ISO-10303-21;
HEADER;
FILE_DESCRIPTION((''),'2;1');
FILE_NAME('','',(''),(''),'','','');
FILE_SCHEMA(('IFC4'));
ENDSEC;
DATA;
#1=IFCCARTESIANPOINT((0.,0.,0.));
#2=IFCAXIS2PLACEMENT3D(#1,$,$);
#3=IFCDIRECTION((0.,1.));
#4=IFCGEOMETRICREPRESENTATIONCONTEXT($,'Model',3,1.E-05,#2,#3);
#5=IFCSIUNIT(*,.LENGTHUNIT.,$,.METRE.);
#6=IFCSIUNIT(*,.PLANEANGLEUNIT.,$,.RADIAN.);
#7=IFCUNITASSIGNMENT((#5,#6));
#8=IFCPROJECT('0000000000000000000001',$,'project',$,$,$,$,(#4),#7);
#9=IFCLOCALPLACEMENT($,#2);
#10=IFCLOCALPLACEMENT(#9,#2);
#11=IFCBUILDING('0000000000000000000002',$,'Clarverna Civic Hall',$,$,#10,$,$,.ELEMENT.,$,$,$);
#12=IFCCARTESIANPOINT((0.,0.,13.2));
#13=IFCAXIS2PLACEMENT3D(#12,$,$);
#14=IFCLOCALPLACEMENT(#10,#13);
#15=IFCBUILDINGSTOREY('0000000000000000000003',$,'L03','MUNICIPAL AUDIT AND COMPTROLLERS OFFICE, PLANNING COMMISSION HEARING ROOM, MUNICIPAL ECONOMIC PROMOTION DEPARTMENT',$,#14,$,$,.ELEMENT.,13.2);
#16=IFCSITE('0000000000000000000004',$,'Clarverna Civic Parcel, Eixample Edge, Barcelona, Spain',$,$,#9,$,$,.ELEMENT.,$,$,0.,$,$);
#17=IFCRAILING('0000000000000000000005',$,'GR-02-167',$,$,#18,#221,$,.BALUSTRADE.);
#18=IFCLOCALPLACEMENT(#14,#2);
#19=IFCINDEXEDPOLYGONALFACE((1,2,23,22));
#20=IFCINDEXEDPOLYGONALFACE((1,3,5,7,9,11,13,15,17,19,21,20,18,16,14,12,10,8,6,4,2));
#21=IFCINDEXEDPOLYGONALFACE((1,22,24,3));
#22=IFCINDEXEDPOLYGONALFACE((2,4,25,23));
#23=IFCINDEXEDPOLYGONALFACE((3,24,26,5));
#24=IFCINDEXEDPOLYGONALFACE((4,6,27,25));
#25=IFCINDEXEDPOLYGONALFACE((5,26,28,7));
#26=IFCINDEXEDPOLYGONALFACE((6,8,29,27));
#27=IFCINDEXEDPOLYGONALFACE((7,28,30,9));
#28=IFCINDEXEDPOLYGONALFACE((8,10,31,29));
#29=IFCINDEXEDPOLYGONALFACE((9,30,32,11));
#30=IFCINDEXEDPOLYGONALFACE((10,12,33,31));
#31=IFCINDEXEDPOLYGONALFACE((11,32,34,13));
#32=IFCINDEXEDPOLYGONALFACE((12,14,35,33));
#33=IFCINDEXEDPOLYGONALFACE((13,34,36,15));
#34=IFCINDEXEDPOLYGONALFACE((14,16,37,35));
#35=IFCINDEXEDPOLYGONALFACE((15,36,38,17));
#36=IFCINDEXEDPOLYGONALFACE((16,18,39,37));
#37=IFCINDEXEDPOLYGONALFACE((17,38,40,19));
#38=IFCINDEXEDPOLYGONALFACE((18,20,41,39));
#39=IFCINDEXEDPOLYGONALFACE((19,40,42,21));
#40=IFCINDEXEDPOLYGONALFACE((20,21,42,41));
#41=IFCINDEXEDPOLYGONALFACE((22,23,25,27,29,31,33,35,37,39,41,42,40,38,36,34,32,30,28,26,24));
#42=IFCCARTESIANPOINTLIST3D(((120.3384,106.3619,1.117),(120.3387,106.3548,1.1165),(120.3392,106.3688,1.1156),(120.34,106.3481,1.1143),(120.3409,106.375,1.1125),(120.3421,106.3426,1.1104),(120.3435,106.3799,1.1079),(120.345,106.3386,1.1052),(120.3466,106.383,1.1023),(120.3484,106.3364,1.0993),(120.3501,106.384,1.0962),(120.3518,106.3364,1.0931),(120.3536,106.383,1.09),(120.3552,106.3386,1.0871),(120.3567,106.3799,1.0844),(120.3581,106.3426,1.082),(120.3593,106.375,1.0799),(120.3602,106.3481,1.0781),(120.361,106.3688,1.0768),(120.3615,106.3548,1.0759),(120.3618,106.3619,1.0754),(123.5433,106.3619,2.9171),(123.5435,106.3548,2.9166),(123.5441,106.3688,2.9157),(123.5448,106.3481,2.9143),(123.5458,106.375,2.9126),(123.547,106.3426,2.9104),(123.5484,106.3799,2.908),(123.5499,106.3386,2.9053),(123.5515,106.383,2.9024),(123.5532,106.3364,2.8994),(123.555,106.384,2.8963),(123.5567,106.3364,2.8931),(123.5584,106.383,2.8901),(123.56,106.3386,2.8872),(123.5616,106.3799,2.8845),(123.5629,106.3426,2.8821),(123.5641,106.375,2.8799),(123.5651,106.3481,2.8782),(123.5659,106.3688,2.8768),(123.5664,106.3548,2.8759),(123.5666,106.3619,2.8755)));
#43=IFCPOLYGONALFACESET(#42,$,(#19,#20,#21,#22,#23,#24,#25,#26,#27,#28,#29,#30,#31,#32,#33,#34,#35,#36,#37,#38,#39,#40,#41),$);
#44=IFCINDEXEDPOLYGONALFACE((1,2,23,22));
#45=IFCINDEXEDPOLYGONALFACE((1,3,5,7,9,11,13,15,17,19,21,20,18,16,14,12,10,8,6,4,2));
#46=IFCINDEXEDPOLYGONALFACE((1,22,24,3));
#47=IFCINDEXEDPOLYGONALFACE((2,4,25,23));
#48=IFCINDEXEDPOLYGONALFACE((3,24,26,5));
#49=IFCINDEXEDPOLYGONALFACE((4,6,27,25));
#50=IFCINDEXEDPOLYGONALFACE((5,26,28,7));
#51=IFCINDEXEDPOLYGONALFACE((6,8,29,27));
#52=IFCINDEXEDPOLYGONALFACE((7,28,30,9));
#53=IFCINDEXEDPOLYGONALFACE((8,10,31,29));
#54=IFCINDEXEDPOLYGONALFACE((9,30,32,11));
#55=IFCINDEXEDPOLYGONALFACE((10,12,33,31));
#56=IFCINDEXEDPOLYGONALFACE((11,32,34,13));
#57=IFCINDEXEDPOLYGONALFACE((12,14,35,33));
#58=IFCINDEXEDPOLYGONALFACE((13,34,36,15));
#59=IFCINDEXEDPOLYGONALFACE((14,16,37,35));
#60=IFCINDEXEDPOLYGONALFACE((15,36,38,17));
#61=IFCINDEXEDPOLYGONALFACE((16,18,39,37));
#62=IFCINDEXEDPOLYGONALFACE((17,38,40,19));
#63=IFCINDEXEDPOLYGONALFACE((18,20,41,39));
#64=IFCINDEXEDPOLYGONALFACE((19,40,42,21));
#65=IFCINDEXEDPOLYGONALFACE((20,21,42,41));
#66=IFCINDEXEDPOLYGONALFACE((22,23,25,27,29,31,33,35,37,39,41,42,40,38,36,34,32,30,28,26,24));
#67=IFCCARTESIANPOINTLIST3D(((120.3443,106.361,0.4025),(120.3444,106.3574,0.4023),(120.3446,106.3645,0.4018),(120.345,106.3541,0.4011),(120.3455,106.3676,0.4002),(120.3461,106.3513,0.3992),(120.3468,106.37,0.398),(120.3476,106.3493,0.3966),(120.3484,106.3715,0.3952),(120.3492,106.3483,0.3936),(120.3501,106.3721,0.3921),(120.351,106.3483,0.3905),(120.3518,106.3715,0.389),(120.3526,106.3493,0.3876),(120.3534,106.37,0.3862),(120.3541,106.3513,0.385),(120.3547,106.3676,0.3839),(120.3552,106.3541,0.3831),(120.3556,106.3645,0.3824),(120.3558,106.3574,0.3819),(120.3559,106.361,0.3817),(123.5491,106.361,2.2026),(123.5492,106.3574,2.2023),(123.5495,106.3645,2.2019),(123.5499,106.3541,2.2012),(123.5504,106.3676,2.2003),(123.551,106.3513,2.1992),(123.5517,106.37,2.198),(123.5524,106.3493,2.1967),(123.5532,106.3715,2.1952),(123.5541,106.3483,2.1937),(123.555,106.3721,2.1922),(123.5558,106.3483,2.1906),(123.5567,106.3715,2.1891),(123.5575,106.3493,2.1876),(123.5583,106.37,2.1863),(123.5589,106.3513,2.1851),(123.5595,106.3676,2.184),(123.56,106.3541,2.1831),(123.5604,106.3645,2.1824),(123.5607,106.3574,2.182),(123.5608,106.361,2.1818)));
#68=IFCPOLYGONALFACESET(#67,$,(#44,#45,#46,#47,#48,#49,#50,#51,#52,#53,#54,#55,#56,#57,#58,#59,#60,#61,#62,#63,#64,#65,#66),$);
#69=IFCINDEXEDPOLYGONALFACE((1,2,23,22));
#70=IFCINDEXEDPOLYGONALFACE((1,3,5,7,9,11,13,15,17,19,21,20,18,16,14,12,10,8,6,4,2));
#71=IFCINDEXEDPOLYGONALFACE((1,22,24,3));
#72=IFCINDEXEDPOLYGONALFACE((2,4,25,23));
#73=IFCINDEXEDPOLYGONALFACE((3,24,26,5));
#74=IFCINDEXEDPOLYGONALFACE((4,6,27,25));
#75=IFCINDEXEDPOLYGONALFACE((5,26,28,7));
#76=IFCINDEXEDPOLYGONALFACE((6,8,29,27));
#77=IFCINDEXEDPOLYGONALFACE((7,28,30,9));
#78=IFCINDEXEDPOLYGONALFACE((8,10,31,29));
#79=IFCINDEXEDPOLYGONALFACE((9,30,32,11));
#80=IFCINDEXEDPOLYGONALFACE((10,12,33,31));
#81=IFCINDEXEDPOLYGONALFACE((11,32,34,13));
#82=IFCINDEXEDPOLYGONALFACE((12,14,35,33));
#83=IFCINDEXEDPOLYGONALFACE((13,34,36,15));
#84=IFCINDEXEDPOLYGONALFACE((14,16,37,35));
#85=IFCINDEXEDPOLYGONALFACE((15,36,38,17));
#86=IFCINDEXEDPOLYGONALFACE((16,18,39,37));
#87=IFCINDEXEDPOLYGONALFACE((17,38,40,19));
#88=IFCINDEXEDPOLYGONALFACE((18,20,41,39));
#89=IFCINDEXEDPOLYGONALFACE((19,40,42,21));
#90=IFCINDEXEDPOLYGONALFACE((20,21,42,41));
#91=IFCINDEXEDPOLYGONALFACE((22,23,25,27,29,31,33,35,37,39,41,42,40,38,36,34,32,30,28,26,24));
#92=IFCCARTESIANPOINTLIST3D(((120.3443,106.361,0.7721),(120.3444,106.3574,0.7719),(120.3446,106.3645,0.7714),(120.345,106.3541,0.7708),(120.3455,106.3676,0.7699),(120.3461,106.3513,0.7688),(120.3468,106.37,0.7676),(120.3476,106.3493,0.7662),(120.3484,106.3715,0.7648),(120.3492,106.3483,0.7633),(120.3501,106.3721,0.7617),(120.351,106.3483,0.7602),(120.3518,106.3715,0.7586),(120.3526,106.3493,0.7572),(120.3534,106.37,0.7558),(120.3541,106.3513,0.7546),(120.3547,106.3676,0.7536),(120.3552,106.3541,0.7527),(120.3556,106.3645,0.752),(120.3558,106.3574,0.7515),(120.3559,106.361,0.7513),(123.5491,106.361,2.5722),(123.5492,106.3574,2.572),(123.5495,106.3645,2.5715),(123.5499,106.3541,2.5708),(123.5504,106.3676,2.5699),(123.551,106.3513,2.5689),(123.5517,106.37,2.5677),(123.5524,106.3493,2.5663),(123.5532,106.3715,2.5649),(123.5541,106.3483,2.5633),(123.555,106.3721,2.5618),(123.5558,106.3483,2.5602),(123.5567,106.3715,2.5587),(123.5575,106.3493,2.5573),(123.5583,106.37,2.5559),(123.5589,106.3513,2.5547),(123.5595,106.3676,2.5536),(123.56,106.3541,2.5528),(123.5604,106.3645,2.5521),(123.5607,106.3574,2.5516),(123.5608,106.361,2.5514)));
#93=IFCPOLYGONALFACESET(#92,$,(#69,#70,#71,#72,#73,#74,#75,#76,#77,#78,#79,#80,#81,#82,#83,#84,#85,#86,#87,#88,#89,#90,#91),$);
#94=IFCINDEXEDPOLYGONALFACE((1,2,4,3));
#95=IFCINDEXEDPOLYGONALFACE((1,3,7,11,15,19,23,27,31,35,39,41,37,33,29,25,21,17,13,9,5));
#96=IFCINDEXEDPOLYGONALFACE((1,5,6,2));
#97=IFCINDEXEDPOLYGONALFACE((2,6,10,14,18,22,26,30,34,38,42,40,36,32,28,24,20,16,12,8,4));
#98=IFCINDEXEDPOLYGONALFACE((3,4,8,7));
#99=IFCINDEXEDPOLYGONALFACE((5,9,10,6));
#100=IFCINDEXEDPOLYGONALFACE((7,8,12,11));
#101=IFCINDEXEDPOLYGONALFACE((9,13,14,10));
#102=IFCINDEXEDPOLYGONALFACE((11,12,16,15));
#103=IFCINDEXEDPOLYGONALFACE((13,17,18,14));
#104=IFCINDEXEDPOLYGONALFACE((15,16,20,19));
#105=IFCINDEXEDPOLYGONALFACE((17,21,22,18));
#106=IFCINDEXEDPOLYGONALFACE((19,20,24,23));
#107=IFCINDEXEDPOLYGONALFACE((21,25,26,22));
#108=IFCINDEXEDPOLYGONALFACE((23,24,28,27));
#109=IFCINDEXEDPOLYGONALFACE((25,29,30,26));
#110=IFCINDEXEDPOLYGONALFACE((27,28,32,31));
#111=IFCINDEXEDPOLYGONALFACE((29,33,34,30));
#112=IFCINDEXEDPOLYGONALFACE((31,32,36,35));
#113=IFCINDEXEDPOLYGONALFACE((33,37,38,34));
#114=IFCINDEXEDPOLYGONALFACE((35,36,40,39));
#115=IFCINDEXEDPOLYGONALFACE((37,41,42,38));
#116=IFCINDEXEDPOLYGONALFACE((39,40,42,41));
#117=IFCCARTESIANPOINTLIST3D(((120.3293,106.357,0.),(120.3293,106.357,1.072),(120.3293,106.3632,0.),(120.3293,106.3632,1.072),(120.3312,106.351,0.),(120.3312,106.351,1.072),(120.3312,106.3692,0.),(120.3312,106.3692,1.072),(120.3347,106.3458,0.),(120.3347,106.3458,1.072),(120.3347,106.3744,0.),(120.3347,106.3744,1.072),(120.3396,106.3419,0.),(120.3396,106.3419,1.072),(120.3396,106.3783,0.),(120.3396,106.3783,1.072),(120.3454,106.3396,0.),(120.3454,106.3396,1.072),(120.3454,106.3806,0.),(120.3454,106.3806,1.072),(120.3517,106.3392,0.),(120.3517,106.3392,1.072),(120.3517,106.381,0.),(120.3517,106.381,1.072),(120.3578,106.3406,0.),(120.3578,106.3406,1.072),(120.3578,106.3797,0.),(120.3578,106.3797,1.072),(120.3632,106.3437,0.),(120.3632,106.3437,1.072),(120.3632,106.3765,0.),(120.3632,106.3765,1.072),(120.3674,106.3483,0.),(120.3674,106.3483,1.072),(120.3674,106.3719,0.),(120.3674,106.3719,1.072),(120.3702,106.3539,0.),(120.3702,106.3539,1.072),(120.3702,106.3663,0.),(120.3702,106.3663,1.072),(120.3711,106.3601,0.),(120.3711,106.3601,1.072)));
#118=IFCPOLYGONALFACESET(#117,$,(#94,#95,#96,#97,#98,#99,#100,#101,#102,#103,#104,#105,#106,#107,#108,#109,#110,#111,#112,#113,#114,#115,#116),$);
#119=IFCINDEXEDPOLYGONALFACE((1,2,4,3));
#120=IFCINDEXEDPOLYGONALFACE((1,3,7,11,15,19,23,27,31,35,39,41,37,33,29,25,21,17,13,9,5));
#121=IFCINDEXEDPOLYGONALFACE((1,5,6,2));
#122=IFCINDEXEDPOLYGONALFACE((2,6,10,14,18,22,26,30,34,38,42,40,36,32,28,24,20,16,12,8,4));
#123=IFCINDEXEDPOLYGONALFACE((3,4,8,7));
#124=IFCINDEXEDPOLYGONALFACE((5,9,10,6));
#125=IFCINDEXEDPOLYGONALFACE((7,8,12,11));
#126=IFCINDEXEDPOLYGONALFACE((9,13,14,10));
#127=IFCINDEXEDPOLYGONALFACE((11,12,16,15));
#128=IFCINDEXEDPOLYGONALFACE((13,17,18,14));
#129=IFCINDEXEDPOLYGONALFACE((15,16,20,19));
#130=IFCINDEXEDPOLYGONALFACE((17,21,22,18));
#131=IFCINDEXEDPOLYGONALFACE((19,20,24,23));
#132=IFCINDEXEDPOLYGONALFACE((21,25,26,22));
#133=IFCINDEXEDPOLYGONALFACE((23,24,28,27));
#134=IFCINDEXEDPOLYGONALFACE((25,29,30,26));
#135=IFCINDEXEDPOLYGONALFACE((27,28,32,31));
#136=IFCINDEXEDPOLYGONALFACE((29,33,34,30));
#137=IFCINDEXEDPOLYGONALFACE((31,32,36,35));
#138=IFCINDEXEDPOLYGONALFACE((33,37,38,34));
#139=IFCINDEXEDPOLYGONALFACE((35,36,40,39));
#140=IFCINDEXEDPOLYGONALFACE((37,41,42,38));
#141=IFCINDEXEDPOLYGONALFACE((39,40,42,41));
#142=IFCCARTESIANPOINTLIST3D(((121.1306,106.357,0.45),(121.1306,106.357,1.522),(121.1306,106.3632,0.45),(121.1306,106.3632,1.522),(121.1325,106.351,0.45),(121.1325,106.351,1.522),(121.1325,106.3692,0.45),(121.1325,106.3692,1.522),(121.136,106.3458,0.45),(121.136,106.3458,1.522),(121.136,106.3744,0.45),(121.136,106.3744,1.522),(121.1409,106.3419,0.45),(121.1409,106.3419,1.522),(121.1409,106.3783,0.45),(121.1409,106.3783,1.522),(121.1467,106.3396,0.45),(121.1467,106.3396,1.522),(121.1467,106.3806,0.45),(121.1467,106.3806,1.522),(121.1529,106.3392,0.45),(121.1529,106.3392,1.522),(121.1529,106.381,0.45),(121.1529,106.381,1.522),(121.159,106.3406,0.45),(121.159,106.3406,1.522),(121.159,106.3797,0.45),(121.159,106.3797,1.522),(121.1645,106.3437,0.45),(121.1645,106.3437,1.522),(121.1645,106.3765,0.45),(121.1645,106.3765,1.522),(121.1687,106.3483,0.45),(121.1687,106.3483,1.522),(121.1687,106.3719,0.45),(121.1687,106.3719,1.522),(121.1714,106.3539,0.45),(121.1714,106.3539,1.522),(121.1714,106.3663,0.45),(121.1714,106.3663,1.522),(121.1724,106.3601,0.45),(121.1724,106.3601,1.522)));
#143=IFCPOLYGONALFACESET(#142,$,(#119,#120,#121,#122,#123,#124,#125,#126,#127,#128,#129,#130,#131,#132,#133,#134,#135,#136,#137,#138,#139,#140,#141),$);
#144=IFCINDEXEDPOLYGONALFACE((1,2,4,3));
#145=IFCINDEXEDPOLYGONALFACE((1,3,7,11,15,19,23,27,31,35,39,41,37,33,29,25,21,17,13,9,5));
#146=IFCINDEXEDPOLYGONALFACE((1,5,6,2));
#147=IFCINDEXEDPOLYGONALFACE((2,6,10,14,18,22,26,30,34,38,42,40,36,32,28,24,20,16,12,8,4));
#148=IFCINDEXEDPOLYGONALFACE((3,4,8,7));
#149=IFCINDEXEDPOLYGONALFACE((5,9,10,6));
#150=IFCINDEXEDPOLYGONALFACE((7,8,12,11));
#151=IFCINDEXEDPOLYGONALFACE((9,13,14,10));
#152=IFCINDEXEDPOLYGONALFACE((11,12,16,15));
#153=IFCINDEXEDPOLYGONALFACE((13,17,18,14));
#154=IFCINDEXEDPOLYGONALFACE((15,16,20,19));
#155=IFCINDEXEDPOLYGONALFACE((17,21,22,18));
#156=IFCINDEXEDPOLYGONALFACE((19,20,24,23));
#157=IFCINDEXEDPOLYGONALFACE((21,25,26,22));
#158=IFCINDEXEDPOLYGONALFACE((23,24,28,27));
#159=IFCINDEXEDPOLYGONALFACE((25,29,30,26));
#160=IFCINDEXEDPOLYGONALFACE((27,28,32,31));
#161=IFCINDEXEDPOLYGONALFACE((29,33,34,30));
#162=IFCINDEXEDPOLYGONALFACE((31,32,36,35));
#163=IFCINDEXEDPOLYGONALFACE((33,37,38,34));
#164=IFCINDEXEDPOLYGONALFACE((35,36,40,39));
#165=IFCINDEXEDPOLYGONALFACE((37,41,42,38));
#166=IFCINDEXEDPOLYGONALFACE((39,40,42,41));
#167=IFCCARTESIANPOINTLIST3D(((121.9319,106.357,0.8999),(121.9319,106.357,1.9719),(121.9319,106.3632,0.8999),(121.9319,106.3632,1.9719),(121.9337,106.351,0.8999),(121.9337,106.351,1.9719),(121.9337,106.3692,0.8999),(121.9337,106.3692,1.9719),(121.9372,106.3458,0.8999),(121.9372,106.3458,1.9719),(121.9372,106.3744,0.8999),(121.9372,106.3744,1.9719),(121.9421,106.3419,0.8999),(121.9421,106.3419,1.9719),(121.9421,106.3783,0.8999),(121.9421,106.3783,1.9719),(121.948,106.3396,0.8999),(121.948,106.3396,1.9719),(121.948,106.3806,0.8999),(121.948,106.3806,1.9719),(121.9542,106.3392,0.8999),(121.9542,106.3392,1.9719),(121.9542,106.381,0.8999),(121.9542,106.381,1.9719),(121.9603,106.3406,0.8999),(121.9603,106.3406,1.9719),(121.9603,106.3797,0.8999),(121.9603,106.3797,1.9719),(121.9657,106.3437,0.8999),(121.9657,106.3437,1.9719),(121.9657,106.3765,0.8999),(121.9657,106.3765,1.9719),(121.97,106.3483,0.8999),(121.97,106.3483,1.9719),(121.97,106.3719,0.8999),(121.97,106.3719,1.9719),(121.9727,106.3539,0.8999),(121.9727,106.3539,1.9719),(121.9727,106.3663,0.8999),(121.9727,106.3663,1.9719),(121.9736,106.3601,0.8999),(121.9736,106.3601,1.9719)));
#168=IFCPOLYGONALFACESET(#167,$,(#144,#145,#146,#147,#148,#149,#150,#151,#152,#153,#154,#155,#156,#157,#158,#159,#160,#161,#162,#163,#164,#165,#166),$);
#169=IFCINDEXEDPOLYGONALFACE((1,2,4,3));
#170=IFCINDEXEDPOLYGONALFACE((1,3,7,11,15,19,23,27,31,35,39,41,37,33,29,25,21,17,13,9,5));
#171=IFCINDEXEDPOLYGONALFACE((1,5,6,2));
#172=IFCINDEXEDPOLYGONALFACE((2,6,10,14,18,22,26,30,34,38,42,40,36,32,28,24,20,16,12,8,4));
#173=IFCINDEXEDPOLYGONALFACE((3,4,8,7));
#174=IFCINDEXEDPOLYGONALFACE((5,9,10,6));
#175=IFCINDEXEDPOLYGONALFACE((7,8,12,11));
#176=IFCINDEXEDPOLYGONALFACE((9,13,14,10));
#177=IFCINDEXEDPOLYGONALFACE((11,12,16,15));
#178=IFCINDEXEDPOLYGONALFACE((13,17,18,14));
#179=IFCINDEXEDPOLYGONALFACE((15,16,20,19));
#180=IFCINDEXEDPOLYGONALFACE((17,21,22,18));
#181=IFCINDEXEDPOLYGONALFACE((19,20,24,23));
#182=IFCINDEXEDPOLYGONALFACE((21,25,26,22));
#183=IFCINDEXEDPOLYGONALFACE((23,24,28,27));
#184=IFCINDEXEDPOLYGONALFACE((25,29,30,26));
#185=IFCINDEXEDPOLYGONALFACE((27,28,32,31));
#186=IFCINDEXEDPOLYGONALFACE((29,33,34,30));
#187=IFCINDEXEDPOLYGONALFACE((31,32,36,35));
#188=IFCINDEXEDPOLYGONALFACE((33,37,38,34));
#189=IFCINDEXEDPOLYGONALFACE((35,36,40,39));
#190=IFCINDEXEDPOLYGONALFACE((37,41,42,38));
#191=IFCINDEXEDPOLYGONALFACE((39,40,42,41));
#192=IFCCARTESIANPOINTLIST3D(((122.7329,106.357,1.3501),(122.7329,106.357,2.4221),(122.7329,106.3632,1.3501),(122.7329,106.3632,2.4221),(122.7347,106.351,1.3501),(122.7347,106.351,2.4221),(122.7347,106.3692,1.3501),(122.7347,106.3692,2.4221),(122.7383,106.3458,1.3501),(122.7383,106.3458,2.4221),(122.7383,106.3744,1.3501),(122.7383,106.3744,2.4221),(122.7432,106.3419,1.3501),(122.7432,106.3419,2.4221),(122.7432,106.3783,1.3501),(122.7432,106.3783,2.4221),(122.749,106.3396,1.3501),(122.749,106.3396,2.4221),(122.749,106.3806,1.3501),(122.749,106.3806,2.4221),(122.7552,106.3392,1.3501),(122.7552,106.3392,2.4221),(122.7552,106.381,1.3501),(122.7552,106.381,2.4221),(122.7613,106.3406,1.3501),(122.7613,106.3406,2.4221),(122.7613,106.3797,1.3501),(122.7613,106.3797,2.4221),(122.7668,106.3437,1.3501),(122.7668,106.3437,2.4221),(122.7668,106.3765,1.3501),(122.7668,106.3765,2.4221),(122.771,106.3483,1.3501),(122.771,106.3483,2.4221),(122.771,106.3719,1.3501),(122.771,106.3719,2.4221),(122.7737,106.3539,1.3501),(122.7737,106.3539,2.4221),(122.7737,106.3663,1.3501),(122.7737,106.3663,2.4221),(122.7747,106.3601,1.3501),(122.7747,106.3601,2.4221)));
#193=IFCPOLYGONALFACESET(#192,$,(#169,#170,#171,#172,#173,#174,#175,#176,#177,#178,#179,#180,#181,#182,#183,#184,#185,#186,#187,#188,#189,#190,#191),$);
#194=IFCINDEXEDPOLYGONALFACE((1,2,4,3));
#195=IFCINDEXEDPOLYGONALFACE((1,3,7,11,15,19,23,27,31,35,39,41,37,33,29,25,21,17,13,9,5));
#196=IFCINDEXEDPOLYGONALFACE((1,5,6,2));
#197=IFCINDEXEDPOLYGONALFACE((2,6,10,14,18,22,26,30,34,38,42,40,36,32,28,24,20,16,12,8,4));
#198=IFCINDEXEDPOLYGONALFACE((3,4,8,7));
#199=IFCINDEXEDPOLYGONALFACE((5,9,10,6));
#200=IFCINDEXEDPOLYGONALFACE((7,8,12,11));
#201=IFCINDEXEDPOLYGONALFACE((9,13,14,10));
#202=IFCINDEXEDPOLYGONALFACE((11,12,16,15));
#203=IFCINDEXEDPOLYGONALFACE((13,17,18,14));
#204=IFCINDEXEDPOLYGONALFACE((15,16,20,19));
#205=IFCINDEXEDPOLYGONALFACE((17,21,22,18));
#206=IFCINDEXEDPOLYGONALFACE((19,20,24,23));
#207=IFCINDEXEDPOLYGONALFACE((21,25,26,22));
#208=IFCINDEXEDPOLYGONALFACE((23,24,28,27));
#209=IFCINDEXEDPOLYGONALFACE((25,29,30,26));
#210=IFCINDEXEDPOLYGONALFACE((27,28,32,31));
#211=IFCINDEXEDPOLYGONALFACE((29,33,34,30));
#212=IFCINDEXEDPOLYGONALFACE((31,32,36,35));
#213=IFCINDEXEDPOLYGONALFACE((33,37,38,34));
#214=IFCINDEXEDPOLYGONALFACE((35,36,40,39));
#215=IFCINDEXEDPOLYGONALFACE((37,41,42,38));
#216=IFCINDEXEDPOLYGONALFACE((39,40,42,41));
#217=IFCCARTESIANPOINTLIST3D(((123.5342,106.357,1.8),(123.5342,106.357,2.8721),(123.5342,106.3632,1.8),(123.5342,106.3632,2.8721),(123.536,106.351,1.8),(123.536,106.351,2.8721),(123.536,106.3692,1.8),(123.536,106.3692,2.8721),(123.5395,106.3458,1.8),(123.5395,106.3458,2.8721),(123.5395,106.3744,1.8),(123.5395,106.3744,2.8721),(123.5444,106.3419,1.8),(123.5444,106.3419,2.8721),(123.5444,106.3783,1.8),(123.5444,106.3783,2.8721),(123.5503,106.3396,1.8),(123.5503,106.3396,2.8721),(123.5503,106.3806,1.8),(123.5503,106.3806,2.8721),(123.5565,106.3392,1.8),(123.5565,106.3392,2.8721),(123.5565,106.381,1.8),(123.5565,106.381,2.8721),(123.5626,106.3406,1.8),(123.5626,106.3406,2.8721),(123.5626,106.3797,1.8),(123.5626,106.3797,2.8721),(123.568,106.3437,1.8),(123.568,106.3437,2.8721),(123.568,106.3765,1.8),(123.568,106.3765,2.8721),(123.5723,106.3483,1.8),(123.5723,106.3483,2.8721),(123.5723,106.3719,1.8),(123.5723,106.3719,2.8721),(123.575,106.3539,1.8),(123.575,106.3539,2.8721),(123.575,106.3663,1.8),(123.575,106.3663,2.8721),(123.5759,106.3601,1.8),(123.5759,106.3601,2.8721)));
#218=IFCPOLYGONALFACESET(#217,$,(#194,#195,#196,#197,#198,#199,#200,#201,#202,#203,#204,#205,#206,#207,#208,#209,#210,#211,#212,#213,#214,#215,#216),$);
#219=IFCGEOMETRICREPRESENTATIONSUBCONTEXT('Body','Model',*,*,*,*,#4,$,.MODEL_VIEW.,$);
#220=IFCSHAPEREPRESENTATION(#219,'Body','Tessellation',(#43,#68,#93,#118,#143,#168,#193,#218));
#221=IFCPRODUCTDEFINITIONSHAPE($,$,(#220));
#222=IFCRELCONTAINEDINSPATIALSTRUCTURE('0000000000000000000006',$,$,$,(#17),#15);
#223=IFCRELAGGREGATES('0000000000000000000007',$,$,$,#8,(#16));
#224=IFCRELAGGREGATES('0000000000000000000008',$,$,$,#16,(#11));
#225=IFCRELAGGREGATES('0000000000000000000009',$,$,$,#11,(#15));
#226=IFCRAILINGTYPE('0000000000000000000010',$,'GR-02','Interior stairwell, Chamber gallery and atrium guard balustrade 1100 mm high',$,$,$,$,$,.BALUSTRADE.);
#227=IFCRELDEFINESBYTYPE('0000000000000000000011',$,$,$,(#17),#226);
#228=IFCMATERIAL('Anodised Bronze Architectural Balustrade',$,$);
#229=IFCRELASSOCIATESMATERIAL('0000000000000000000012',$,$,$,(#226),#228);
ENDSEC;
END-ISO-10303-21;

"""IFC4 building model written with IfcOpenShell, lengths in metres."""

from ifc_helpers import new_model, si_unit, direction, frame, origin, origin_2d, place, context, subcontext, project, spatial, circle, extrude, material, type_object, element, save


model = new_model("IFC4")

# Units and contexts
model_context = context("Model", 3, precision=1e-05, world=origin(), true_north=direction((0.0, 1.0)))
body_context = subcontext(model_context, "Body", "Model", "MODEL_VIEW")
ifc_project = project(units=[si_unit("LENGTHUNIT", "METRE"), si_unit("PLANEANGLEUNIT", "RADIAN")], contexts=[model_context])

# Site, building, storey
site_placement = place(None, origin())
site = spatial("IfcSite", under=ifc_project, at=site_placement, Name="Clarverna Civic Parcel, Eixample Edge, Barcelona, Spain", CompositionType="ELEMENT", RefElevation=0.0)
building_placement = place(site_placement, origin())
building = spatial("IfcBuilding", under=site, at=building_placement, Name="Clarverna Civic Hall", CompositionType="ELEMENT")
storey_placement = place(building_placement, frame((0.0, 0.0, 13.2)))
storey = spatial("IfcBuildingStorey", under=building, at=storey_placement, Name="L03", Description="MUNICIPAL AUDIT AND COMPTROLLERS OFFICE, PLANNING COMMISSION HEARING ROOM, MUNICIPAL ECONOMIC PROMOTION DEPARTMENT", CompositionType="ELEMENT", Elevation=13.2)

# Railing
ifc_material_1 = material(Name="Anodised Bronze Architectural Balustrade")
railing_type_1 = type_object("IfcRailingType", Name="GR-02", Description="Interior stairwell, Chamber gallery and atrium guard balustrade 1100 mm high", PredefinedType="BALUSTRADE", material=ifc_material_1)
railing_1_placement = place(storey_placement, frame((120.3501, 106.3601, 0.0)))
element("IfcRailing", 1, at=railing_1_placement, inside=storey, type_object=railing_type_1, Name="GR-02-167", PredefinedType="BALUSTRADE", context=body_context, shape_type="SweptSolid", body=[
    extrude(circle(Radius=0.0239, at=origin_2d()), frame((0.0, 0.0, 1.0962), z_axis=(0.871886, 0.0, 0.489709), x_axis=(0.0, 1.0, 0.0)), (0.0, 0.0, 1.0), 3.6758),
    extrude(circle(Radius=0.012, at=origin_2d()), frame((0.0, 0.0, 0.3921), z_axis=(0.871886, 0.0, 0.489709), x_axis=(0.0, 1.0, 0.0)), (0.0, 0.0, 1.0), 3.6758),
    extrude(circle(Radius=0.012, at=origin_2d()), frame((0.0, 0.0, 0.7617), z_axis=(0.871886, 0.0, 0.489709), x_axis=(0.0, 1.0, 0.0)), (0.0, 0.0, 1.0), 3.6758),
    extrude(circle(Radius=0.021, at=origin_2d()), origin(), (0.0, 0.0, 1.0), 1.072),
    extrude(circle(Radius=0.021, at=origin_2d()), frame((0.8013, 0.0, 0.45)), (0.0, 0.0, 1.0), 1.072),
    extrude(circle(Radius=0.021, at=origin_2d()), frame((1.6025, 0.0, 0.8999)), (0.0, 0.0, 1.0), 1.072),
    extrude(circle(Radius=0.021, at=origin_2d()), frame((2.4036, 0.0, 1.3501)), (0.0, 0.0, 1.0), 1.072),
    extrude(circle(Radius=0.021, at=origin_2d()), frame((3.2048, 0.0, 1.8)), (0.0, 0.0, 1.0), 1.072),
])

save(model, "model.ifc")
